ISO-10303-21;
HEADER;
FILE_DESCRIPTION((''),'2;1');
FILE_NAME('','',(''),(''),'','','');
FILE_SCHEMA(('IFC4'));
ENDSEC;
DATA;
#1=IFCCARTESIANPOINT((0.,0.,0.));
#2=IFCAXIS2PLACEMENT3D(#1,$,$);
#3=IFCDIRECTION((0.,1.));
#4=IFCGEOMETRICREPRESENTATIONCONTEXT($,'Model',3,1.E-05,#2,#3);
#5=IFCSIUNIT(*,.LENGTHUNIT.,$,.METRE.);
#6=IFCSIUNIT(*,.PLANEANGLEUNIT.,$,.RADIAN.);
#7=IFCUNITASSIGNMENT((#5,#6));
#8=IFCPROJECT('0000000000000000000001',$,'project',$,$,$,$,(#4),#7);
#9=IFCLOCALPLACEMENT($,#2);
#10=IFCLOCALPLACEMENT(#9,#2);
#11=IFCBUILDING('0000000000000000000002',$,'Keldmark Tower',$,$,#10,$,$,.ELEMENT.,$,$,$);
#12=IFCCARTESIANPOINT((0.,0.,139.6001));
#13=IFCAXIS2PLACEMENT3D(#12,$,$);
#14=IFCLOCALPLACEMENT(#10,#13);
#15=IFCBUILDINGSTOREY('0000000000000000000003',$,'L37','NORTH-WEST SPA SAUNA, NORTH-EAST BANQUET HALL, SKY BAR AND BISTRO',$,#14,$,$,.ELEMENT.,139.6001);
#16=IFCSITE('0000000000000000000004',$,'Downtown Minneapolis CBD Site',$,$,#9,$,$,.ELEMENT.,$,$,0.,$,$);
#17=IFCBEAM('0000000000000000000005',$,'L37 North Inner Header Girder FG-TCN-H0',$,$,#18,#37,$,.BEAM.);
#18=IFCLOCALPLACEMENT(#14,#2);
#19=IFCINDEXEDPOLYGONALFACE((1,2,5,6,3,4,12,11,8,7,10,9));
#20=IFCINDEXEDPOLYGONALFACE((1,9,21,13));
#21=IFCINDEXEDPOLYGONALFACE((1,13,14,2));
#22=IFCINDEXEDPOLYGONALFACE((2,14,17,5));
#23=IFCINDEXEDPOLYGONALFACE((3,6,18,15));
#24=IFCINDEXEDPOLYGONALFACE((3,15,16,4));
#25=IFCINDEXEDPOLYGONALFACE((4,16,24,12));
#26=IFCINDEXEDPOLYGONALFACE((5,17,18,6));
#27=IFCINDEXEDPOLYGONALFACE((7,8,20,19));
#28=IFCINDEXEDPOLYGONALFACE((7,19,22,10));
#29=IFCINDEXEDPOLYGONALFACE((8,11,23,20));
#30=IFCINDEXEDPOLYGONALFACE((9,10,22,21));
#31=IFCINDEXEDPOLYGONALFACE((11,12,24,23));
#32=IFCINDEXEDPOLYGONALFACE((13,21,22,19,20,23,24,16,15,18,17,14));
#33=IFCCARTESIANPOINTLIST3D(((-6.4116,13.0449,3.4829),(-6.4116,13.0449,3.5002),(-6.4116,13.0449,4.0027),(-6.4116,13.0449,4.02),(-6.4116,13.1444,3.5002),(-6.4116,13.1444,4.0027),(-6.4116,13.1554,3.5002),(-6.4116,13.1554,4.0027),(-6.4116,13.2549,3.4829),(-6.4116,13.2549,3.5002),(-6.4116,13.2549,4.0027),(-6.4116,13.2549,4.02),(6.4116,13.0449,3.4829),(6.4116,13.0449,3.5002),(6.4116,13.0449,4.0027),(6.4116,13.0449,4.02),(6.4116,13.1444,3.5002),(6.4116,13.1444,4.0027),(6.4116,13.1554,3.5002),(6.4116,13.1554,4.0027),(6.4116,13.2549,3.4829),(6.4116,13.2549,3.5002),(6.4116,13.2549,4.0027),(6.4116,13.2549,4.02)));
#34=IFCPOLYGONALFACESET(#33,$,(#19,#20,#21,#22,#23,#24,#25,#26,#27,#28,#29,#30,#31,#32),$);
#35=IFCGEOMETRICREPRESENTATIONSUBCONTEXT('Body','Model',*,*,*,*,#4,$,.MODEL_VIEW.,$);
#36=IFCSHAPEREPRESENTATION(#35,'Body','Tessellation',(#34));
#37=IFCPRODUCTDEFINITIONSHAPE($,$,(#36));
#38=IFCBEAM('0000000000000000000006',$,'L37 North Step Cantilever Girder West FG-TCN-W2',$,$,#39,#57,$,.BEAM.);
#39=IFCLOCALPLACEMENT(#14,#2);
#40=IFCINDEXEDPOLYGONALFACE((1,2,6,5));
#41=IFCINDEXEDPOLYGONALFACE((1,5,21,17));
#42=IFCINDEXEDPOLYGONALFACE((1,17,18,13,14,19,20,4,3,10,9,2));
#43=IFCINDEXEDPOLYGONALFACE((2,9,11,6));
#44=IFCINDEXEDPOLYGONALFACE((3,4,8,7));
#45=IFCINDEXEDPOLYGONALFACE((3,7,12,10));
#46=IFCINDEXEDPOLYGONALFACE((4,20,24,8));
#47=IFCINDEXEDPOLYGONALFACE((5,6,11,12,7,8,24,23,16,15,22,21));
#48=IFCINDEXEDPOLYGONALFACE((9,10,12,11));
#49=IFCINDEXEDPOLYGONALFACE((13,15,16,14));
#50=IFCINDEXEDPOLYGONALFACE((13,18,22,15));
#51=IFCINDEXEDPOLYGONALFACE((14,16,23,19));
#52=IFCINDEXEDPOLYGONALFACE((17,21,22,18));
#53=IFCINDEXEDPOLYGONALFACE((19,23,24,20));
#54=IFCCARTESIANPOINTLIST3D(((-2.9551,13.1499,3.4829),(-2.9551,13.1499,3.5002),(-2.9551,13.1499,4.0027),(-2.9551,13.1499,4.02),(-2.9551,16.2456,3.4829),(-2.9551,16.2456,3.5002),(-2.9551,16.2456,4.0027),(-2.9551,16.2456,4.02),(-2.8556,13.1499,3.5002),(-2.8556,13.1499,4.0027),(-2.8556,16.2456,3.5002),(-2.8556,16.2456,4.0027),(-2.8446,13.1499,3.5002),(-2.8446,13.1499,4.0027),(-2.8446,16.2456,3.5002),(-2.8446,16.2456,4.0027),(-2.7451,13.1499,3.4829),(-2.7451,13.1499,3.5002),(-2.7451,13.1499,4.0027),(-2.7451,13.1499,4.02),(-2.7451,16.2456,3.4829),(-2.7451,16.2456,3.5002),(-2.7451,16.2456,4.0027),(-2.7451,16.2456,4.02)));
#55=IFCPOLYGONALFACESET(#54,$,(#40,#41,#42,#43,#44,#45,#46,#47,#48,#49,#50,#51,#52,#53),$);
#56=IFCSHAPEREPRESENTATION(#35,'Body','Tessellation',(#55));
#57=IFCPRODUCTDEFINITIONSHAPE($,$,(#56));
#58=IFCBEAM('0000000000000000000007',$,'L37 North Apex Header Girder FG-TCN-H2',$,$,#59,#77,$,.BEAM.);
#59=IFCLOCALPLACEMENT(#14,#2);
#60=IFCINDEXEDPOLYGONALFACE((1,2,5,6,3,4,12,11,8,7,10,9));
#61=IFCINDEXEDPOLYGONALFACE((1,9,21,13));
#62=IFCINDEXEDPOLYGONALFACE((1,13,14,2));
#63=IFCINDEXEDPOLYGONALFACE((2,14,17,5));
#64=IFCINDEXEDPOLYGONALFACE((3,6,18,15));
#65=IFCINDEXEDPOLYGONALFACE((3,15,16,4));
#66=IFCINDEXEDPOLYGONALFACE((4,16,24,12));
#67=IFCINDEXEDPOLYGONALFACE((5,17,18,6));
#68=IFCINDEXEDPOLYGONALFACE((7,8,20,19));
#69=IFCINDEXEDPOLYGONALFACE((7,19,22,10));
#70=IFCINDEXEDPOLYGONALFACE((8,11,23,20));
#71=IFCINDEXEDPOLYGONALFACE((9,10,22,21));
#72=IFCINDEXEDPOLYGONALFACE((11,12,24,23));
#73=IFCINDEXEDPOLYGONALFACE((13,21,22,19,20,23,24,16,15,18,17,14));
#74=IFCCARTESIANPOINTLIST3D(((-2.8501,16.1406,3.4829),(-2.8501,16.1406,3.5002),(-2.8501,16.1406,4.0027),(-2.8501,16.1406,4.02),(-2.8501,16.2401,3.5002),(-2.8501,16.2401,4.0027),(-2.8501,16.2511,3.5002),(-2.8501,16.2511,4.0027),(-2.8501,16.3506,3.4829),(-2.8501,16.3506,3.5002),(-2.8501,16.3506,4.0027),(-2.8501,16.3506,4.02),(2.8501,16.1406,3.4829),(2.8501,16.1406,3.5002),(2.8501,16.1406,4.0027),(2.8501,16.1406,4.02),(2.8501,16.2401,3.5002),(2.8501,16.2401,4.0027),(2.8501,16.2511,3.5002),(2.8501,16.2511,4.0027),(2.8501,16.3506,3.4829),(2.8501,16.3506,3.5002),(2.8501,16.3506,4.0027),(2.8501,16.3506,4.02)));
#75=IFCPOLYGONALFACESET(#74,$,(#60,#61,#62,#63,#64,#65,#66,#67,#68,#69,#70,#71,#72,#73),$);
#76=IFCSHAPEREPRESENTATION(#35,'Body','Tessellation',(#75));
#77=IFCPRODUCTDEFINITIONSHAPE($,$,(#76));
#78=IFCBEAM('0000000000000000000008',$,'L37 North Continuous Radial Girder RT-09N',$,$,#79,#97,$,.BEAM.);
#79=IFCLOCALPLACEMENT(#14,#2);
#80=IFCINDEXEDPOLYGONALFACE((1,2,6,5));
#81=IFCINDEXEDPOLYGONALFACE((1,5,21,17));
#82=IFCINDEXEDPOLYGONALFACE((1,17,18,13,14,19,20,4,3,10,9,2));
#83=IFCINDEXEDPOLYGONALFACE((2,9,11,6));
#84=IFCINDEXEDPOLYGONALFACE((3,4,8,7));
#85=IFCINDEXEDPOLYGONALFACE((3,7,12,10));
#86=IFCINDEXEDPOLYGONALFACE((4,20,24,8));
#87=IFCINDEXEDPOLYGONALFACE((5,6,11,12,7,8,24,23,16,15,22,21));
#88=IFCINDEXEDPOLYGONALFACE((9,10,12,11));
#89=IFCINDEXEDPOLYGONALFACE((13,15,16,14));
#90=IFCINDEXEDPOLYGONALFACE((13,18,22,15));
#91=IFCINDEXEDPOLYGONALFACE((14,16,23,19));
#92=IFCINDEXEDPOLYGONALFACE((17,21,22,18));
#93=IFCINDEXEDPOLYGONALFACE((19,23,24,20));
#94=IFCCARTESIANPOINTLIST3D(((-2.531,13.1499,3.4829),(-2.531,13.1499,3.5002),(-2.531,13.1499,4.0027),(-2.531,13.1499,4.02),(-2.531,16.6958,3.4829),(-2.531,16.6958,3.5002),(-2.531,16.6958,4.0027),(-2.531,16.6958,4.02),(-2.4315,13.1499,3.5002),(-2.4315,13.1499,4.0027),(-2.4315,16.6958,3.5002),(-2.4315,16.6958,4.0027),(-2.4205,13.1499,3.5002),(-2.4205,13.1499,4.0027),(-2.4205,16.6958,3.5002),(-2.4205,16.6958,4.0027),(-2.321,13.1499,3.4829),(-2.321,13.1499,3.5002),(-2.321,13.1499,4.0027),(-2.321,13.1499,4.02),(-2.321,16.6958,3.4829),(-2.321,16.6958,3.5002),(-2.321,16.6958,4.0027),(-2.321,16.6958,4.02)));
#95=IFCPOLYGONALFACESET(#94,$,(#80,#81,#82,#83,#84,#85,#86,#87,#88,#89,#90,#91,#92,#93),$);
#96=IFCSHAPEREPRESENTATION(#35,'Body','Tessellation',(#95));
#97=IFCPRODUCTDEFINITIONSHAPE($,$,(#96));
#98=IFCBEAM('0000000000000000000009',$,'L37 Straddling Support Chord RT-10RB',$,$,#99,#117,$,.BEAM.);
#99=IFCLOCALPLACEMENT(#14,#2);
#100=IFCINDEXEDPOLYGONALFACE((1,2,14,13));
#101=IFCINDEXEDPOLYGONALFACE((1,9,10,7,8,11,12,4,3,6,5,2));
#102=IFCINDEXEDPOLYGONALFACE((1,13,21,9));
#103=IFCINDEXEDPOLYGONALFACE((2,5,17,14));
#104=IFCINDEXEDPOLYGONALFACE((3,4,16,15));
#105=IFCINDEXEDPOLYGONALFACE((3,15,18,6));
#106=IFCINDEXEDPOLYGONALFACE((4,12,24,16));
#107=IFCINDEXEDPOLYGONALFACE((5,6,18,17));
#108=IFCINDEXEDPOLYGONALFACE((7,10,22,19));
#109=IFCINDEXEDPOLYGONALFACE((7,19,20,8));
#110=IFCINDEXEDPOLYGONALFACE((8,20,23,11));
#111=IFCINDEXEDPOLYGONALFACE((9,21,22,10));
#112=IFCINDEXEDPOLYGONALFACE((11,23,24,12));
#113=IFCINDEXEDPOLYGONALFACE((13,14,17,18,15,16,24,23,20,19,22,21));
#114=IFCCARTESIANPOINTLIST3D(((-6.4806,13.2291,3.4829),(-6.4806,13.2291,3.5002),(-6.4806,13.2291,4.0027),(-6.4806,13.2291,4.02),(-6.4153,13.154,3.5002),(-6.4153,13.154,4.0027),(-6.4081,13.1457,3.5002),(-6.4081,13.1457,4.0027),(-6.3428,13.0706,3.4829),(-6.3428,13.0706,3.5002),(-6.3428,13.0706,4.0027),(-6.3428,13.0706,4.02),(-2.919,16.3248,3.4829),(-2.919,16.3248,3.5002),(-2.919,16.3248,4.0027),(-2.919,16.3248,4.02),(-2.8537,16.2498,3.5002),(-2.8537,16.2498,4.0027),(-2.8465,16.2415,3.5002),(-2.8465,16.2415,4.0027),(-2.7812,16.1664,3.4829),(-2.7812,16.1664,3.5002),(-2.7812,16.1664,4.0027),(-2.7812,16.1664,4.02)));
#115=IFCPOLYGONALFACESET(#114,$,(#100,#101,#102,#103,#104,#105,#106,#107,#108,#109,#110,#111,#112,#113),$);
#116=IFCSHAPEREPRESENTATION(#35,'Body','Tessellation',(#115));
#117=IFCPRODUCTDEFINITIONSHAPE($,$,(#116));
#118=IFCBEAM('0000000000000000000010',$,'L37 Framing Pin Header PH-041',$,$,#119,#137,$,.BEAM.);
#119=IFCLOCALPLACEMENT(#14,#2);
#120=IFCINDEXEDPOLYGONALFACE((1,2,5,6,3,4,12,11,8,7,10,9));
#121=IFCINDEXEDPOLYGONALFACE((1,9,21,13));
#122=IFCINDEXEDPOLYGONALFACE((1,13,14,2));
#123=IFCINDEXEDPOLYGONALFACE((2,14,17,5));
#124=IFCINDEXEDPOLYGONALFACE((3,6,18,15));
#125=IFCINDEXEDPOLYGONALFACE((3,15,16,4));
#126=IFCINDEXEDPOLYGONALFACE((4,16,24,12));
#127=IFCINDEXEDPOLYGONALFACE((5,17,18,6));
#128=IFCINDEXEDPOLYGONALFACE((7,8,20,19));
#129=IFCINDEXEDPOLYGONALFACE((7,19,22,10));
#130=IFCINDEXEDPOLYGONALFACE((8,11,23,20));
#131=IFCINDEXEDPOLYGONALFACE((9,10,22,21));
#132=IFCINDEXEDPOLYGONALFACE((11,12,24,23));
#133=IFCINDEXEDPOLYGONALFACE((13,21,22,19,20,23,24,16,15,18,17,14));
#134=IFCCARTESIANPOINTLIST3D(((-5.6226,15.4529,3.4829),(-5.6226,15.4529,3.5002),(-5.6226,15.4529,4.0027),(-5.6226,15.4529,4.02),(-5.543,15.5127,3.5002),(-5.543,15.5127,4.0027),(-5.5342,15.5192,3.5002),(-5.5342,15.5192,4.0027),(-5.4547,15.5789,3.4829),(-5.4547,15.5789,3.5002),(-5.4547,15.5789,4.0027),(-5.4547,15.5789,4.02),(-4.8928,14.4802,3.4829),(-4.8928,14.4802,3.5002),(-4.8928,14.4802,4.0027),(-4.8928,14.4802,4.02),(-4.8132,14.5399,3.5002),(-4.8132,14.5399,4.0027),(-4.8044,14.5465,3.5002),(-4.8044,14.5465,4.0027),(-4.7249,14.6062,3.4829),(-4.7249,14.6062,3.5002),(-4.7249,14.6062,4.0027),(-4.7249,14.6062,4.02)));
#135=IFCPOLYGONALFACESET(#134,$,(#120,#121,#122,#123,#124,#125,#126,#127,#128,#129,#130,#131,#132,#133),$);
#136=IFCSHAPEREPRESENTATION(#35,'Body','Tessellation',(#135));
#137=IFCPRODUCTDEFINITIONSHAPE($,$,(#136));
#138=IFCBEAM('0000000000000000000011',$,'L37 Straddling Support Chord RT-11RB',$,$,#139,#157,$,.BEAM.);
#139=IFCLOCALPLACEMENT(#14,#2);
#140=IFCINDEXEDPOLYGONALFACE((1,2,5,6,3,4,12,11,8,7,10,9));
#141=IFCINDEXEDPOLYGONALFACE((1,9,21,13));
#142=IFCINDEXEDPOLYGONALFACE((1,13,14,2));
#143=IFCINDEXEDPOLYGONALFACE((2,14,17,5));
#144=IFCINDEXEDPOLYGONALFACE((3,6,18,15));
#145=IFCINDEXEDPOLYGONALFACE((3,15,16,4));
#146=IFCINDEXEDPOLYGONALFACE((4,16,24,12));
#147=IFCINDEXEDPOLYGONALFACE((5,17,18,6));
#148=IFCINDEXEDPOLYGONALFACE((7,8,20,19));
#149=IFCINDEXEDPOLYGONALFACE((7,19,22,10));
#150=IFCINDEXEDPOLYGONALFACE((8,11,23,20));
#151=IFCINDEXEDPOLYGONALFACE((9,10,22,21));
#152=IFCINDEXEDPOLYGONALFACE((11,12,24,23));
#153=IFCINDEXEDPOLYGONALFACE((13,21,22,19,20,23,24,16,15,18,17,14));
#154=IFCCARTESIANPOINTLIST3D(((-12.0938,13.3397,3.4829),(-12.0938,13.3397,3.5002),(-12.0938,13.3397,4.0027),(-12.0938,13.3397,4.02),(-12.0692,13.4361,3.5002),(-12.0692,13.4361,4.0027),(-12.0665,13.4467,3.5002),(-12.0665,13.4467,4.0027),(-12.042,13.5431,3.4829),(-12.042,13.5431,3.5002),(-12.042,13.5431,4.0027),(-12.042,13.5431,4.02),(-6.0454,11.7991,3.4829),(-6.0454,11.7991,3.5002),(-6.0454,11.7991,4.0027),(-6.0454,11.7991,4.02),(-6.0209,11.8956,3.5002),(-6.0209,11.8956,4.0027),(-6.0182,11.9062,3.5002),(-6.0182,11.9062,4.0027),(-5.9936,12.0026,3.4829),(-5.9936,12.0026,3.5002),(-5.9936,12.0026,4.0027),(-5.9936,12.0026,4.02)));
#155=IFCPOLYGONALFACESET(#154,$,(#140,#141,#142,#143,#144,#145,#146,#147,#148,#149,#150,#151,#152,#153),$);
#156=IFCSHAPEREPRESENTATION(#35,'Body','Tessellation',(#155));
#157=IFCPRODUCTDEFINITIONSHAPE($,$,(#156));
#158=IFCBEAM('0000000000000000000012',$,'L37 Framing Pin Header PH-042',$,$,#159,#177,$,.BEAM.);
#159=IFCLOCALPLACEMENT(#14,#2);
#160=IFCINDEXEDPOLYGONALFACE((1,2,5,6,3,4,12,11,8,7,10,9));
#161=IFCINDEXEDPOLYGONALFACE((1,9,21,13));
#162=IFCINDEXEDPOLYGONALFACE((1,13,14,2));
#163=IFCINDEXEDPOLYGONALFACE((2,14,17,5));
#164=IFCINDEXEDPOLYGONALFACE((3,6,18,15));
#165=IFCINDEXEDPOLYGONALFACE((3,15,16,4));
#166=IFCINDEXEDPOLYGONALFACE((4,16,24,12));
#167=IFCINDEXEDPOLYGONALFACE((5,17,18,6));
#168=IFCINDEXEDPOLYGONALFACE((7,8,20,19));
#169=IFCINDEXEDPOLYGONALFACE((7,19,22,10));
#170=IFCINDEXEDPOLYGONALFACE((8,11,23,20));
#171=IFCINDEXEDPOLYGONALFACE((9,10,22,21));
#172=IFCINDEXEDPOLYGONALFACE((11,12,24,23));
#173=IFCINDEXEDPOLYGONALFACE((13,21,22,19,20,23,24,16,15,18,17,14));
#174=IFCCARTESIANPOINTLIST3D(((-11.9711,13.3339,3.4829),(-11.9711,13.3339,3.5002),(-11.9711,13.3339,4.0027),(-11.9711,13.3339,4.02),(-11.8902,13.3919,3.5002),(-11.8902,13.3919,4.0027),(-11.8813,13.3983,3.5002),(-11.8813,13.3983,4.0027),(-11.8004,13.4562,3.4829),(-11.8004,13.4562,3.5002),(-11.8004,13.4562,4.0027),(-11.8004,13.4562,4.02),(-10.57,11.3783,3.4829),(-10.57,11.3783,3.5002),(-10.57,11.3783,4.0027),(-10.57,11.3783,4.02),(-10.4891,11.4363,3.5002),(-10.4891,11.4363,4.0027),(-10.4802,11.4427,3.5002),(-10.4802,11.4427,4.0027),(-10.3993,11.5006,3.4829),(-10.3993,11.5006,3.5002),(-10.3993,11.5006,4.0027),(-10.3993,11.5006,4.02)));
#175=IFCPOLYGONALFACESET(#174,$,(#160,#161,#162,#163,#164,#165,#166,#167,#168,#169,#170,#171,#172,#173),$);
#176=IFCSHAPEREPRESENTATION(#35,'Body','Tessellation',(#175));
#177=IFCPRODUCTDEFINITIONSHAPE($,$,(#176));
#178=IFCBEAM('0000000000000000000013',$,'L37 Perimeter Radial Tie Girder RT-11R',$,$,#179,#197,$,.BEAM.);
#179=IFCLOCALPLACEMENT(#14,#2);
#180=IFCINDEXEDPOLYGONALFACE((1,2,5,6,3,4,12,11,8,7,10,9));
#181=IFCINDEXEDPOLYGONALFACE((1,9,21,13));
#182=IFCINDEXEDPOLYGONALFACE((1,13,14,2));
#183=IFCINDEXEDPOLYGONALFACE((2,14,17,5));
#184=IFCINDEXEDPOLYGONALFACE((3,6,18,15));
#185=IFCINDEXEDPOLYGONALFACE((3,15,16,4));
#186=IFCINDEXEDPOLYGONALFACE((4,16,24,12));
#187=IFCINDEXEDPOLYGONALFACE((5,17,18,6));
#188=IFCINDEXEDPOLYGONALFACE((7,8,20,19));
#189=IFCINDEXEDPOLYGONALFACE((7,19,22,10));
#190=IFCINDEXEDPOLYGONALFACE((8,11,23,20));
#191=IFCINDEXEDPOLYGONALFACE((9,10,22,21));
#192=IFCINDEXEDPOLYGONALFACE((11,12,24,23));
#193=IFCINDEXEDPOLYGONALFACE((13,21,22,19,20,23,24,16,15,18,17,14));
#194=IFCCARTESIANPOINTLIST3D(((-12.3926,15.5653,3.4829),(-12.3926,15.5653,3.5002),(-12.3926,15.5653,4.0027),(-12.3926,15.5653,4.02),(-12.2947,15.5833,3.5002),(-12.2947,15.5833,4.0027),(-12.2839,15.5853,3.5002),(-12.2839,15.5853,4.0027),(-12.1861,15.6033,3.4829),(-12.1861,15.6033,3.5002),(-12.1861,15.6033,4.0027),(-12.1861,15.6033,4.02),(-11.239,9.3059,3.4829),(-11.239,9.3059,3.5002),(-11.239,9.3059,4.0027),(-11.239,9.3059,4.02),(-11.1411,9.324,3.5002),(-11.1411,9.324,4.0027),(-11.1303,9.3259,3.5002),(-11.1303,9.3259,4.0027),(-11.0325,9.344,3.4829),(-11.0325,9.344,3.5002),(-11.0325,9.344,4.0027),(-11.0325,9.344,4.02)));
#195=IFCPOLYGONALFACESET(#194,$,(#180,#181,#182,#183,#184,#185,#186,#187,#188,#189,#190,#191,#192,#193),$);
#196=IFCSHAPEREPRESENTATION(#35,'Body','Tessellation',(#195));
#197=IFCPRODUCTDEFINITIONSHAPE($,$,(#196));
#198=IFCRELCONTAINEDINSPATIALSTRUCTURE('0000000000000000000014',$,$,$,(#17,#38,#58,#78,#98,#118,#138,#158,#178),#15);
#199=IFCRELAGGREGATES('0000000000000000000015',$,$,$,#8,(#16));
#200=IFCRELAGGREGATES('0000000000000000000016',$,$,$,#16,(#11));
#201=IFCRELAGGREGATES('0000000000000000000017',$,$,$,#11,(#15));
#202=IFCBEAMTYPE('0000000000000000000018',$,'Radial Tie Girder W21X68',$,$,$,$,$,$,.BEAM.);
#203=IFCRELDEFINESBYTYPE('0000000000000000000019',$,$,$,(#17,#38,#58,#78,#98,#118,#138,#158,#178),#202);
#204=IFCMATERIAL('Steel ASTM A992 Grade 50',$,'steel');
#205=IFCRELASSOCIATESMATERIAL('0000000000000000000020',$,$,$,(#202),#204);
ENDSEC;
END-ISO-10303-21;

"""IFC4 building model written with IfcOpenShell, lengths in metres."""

from ifc_helpers import new_model, si_unit, direction, frame, origin, origin_2d, place, context, subcontext, project, spatial, i_section, extrude, material, material_profile, profile_set, type_object, element, save


model = new_model("IFC4")

# Units and contexts
model_context = context("Model", 3, precision=1e-05, world=origin(), true_north=direction((0.0, 1.0)))
body_context = subcontext(model_context, "Body", "Model", "MODEL_VIEW")
ifc_project = project(units=[si_unit("LENGTHUNIT", "METRE"), si_unit("PLANEANGLEUNIT", "RADIAN")], contexts=[model_context])

# Site, building, storey
site_placement = place(None, origin())
site = spatial("IfcSite", under=ifc_project, at=site_placement, Name="Downtown Minneapolis CBD Site", CompositionType="ELEMENT", RefElevation=0.0)
building_placement = place(site_placement, origin())
building = spatial("IfcBuilding", under=site, at=building_placement, Name="Keldmark Tower", CompositionType="ELEMENT")
storey_placement = place(building_placement, frame((0.0, 0.0, 139.6001)))
storey = spatial("IfcBuildingStorey", under=building, at=storey_placement, Name="L37", Description="NORTH-WEST SPA SAUNA, NORTH-EAST BANQUET HALL, SKY BAR AND BISTRO", CompositionType="ELEMENT", Elevation=139.6001)

# Beams
ifc_material_1 = material(Name="Steel ASTM A992 Grade 50", Category="steel")
ifc_material_profile_1 = material_profile(ifc_material_1, i_section(OverallWidth=0.21, OverallDepth=0.5371, WebThickness=0.011, FlangeThickness=0.0173, at=origin_2d()), Name="W21X68")
ifc_profile_set_1 = profile_set([ifc_material_profile_1], Name="Steel ASTM A992 Grade 50")
beam_type_1 = type_object("IfcBeamType", Name="Radial Tie Girder W21X68", PredefinedType="BEAM", material=ifc_profile_set_1)
beam_1_placement = place(storey_placement, frame((-6.4116, 13.1499, 3.7515), z_axis=(1.0, 0.0, 0.0), x_axis=(0.0, 1.0, 0.0)))
element("IfcBeam", 1, at=beam_1_placement, inside=storey, type_object=beam_type_1, Name="L37 North Inner Header Girder FG-TCN-H0", PredefinedType="BEAM", context=body_context, shape_type="SweptSolid", body=[
    extrude(i_section(OverallWidth=0.21, OverallDepth=0.5371, WebThickness=0.011, FlangeThickness=0.0173, at=origin_2d()), origin(), (0.0, 0.0, 1.0), 12.8232),
])
beam_2_placement = place(storey_placement, frame((-2.8501, 13.1499, 3.7515), z_axis=(0.0, 1.0, 0.0), x_axis=(-1.0, 0.0, 0.0)))
element("IfcBeam", 2, at=beam_2_placement, inside=storey, type_object=beam_type_1, Name="L37 North Step Cantilever Girder West FG-TCN-W2", PredefinedType="BEAM", context=body_context, shape_type="SweptSolid", body=[
    extrude(i_section(OverallWidth=0.21, OverallDepth=0.5371, WebThickness=0.011, FlangeThickness=0.0173, at=origin_2d()), origin(), (0.0, 0.0, 1.0), 3.0957),
])
beam_3_placement = place(storey_placement, frame((-2.8501, 16.2456, 3.7515), z_axis=(1.0, 0.0, 0.0), x_axis=(0.0, 1.0, 0.0)))
element("IfcBeam", 3, at=beam_3_placement, inside=storey, type_object=beam_type_1, Name="L37 North Apex Header Girder FG-TCN-H2", PredefinedType="BEAM", context=body_context, shape_type="SweptSolid", body=[
    extrude(i_section(OverallWidth=0.21, OverallDepth=0.5371, WebThickness=0.011, FlangeThickness=0.0173, at=origin_2d()), origin(), (0.0, 0.0, 1.0), 5.7002),
])
beam_4_placement = place(storey_placement, frame((-2.426, 13.1499, 3.7515), z_axis=(0.0, 1.0, 0.0), x_axis=(-1.0, 0.0, 0.0)))
element("IfcBeam", 4, at=beam_4_placement, inside=storey, type_object=beam_type_1, Name="L37 North Continuous Radial Girder RT-09N", PredefinedType="BEAM", context=body_context, shape_type="SweptSolid", body=[
    extrude(i_section(OverallWidth=0.21, OverallDepth=0.5371, WebThickness=0.011, FlangeThickness=0.0173, at=origin_2d()), origin(), (0.0, 0.0, 1.0), 3.5459),
])
beam_5_placement = place(storey_placement, frame((-2.8501, 16.2456, 3.7515), z_axis=(-0.754739, -0.656025, 0.0), x_axis=(0.656025, -0.754739, 0.0)))
element("IfcBeam", 5, at=beam_5_placement, inside=storey, type_object=beam_type_1, Name="L37 Straddling Support Chord RT-10RB", PredefinedType="BEAM", context=body_context, shape_type="SweptSolid", body=[
    extrude(i_section(OverallWidth=0.21, OverallDepth=0.5371, WebThickness=0.011, FlangeThickness=0.0173, at=origin_2d()), origin(), (0.0, 0.0, 1.0), 4.719),
])
beam_6_placement = place(storey_placement, frame((-4.8088, 14.5432, 3.7515), z_axis=(-0.600128, 0.799904, 0.0), x_axis=(-0.799904, -0.600128, 0.0)))
element("IfcBeam", 6, at=beam_6_placement, inside=storey, type_object=beam_type_1, Name="L37 Framing Pin Header PH-041", PredefinedType="BEAM", context=body_context, shape_type="SweptSolid", body=[
    extrude(i_section(OverallWidth=0.21, OverallDepth=0.5371, WebThickness=0.011, FlangeThickness=0.0173, at=origin_2d()), origin(), (0.0, 0.0, 1.0), 1.2161),
])
beam_7_placement = place(storey_placement, frame((-6.0195, 11.9009, 3.7515), z_axis=(-0.969061, 0.246822, 0.0), x_axis=(-0.246822, -0.969061, 0.0)))
element("IfcBeam", 7, at=beam_7_placement, inside=storey, type_object=beam_type_1, Name="L37 Straddling Support Chord RT-11RB", PredefinedType="BEAM", context=body_context, shape_type="SweptSolid", body=[
    extrude(i_section(OverallWidth=0.21, OverallDepth=0.5371, WebThickness=0.011, FlangeThickness=0.0173, at=origin_2d()), origin(), (0.0, 0.0, 1.0), 6.2415),
])
beam_8_placement = place(storey_placement, frame((-10.4846, 11.4395, 3.7515), z_axis=(-0.582418, 0.812889, 0.0), x_axis=(-0.812889, -0.582418, 0.0)))
element("IfcBeam", 8, at=beam_8_placement, inside=storey, type_object=beam_type_1, Name="L37 Framing Pin Header PH-042", PredefinedType="BEAM", context=body_context, shape_type="SweptSolid", body=[
    extrude(i_section(OverallWidth=0.21, OverallDepth=0.5371, WebThickness=0.011, FlangeThickness=0.0173, at=origin_2d()), origin(), (0.0, 0.0, 1.0), 2.4058),
])
beam_9_placement = place(storey_placement, frame((-11.1357, 9.325, 3.7515), z_axis=(-0.181244, 0.983438, 0.0), x_axis=(-0.983438, -0.181244, 0.0)))
element("IfcBeam", 9, at=beam_9_placement, inside=storey, type_object=beam_type_1, Name="L37 Perimeter Radial Tie Girder RT-11R", PredefinedType="BEAM", context=body_context, shape_type="SweptSolid", body=[
    extrude(i_section(OverallWidth=0.21, OverallDepth=0.5371, WebThickness=0.011, FlangeThickness=0.0173, at=origin_2d()), origin(), (0.0, 0.0, 1.0), 6.3647),
])

save(model, "model.ifc")
